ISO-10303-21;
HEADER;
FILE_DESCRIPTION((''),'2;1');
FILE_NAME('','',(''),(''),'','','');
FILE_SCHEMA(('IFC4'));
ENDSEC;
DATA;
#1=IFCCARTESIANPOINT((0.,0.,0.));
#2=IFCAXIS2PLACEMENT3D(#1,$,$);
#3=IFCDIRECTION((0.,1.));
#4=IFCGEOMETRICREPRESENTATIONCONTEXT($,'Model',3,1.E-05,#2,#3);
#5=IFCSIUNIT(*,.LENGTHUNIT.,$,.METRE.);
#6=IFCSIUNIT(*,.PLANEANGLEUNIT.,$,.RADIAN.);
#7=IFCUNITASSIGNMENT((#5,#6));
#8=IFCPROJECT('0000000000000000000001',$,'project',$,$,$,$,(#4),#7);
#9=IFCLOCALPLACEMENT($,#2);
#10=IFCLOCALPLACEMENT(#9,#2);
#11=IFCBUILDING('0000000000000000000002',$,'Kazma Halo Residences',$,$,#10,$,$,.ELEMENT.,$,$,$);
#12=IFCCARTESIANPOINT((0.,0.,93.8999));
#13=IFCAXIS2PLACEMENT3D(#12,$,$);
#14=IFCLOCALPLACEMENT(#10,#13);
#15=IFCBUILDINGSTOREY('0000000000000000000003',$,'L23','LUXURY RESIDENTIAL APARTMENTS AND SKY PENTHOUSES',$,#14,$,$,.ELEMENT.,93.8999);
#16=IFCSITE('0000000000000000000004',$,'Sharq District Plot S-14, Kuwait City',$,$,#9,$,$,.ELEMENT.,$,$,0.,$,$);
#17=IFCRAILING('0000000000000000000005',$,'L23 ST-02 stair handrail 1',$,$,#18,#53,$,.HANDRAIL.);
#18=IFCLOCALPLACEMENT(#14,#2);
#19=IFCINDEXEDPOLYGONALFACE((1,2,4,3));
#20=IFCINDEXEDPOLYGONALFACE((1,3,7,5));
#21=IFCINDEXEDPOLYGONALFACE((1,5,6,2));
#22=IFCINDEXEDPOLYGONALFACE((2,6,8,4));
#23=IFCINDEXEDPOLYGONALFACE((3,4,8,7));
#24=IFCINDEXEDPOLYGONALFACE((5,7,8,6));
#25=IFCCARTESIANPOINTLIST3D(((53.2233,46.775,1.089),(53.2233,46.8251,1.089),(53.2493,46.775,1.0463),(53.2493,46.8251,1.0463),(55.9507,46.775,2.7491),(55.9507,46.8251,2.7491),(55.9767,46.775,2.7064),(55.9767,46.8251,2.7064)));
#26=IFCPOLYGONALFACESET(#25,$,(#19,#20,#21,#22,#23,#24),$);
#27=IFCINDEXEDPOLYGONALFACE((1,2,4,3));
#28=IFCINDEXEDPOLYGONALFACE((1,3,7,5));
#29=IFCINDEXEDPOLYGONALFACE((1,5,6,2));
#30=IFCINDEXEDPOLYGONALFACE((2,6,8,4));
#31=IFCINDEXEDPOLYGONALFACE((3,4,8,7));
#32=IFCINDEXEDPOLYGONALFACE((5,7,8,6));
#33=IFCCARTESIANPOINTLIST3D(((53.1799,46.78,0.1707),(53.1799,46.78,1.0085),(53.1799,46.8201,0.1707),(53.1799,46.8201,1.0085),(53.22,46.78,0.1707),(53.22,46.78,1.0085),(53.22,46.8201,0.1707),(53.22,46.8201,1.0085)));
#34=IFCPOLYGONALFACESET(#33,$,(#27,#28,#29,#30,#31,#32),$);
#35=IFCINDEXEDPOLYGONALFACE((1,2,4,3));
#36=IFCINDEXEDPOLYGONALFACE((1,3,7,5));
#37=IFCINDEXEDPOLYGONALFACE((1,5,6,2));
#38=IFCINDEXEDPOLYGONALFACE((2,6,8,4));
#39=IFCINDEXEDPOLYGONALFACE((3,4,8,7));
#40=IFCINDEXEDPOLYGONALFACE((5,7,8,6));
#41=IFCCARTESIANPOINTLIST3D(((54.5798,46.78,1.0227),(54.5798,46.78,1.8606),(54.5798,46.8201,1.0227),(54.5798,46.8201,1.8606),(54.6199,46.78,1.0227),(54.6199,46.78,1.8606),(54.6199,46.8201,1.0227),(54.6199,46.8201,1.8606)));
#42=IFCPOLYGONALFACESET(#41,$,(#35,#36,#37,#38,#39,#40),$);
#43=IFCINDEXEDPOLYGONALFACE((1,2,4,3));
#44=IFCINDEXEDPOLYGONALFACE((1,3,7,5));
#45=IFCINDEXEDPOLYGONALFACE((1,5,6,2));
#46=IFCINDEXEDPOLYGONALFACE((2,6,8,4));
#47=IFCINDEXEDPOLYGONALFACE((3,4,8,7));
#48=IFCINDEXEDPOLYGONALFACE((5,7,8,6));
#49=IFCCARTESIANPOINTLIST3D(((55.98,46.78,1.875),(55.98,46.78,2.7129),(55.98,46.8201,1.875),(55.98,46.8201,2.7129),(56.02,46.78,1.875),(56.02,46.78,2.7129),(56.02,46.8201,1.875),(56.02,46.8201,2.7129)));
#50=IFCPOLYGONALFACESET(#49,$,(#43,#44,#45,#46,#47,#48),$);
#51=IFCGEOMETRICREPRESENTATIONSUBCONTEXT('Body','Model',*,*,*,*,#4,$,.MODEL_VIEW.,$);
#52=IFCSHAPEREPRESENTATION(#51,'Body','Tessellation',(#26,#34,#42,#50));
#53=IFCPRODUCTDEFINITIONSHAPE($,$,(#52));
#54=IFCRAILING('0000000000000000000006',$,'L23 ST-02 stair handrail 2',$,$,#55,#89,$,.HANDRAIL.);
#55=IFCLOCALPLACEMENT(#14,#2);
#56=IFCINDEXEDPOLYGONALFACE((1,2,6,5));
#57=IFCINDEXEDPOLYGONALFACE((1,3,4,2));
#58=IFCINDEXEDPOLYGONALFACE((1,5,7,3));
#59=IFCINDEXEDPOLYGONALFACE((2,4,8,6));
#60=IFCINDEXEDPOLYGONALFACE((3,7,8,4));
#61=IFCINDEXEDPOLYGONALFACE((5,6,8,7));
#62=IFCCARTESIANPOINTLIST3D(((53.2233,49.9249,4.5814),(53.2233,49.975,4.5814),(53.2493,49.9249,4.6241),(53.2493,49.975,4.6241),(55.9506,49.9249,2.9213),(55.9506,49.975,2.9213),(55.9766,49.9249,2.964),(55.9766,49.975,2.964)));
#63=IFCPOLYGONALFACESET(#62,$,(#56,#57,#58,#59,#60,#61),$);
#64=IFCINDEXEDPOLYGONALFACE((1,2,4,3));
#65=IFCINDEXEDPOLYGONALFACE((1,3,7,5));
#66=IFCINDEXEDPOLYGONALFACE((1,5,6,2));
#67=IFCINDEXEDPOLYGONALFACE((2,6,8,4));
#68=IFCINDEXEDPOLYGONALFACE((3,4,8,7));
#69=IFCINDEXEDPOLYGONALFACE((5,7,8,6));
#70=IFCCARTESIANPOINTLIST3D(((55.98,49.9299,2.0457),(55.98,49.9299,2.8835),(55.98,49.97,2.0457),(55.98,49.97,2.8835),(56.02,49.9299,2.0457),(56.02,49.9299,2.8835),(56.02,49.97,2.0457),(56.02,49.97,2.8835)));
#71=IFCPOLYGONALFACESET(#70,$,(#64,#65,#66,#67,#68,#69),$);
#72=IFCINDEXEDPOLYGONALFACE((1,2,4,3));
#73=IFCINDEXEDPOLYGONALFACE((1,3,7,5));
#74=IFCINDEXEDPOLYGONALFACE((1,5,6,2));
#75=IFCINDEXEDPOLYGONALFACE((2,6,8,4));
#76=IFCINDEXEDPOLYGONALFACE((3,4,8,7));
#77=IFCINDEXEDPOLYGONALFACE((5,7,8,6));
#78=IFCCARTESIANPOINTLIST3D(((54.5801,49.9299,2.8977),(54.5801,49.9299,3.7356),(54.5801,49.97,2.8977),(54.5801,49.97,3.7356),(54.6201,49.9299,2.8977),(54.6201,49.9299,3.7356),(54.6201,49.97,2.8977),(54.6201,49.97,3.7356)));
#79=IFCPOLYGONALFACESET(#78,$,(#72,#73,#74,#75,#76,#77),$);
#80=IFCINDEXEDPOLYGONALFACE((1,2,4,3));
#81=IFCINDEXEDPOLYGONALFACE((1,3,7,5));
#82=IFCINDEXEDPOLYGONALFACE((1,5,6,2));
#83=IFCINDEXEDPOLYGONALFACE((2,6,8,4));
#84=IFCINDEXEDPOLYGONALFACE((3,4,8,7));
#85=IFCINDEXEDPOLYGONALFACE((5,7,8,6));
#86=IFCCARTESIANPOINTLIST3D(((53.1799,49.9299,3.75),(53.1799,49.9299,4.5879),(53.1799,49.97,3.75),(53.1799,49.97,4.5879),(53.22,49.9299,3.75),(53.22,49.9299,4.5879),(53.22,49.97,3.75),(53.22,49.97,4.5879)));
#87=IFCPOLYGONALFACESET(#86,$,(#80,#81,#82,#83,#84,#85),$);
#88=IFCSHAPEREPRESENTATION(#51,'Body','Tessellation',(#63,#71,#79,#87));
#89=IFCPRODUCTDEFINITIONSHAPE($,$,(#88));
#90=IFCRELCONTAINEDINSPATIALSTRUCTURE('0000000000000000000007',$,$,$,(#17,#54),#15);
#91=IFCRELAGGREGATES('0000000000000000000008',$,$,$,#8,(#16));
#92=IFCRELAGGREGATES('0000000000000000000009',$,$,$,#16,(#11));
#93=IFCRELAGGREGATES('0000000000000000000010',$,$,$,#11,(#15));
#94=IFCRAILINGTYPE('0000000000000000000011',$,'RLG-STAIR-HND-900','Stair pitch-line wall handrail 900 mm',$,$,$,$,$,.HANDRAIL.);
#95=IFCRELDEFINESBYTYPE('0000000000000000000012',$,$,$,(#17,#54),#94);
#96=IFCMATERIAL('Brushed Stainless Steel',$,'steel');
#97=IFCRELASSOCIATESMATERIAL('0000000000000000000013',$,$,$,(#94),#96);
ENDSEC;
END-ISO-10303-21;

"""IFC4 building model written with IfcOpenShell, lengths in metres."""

from ifc_helpers import new_model, si_unit, direction, frame, origin, origin_2d, place, context, subcontext, project, spatial, rectangle, extrude, material, type_object, element, save


model = new_model("IFC4")

# Units and contexts
model_context = context("Model", 3, precision=1e-05, world=origin(), true_north=direction((0.0, 1.0)))
body_context = subcontext(model_context, "Body", "Model", "MODEL_VIEW")
ifc_project = project(units=[si_unit("LENGTHUNIT", "METRE"), si_unit("PLANEANGLEUNIT", "RADIAN")], contexts=[model_context])

# Site, building, storey
site_placement = place(None, origin())
site = spatial("IfcSite", under=ifc_project, at=site_placement, Name="Sharq District Plot S-14, Kuwait City", CompositionType="ELEMENT", RefElevation=0.0)
building_placement = place(site_placement, origin())
building = spatial("IfcBuilding", under=site, at=building_placement, Name="Kazma Halo Residences", CompositionType="ELEMENT")
storey_placement = place(building_placement, frame((0.0, 0.0, 93.8999)))
storey = spatial("IfcBuildingStorey", under=building, at=storey_placement, Name="L23", Description="LUXURY RESIDENTIAL APARTMENTS AND SKY PENTHOUSES", CompositionType="ELEMENT", Elevation=93.8999)

# Railings
ifc_material_1 = material(Name="Brushed Stainless Steel", Category="steel")
railing_type_1 = type_object("IfcRailingType", Name="RLG-STAIR-HND-900", Description="Stair pitch-line wall handrail 900 mm", PredefinedType="HANDRAIL", material=ifc_material_1)
railing_1_placement = place(storey_placement, frame((53.2, 46.8, 0.1707)))
element("IfcRailing", 1, at=railing_1_placement, inside=storey, type_object=railing_type_1, Name="L23 ST-02 stair handrail 1", PredefinedType="HANDRAIL", context=body_context, shape_type="SweptSolid", body=[
    extrude(rectangle(XDim=0.05, YDim=0.05, at=origin_2d()), frame((0.0364, 0.0, 0.897), z_axis=(0.854203, 0.0, 0.51994), x_axis=(0.0, 1.0, 0.0)), (0.0, 0.0, 1.0), 3.1929),
    extrude(rectangle(XDim=0.04, YDim=0.04, at=origin_2d()), origin(), (0.0, 0.0, 1.0), 0.8379),
    extrude(rectangle(XDim=0.04, YDim=0.04, at=origin_2d()), frame((1.3999, 0.0, 0.8521)), (0.0, 0.0, 1.0), 0.8379),
    extrude(rectangle(XDim=0.04, YDim=0.04, at=origin_2d()), frame((2.8, 0.0, 1.7043)), (0.0, 0.0, 1.0), 0.8379),
])
railing_2_placement = place(storey_placement, frame((56.0, 49.95, 2.0457)))
element("IfcRailing", 2, at=railing_2_placement, inside=storey, type_object=railing_type_1, Name="L23 ST-02 stair handrail 2", PredefinedType="HANDRAIL", context=body_context, shape_type="SweptSolid", body=[
    extrude(rectangle(XDim=0.05, YDim=0.05, at=origin_2d()), frame((-0.0364, 0.0, 0.897), z_axis=(-0.854203, 0.0, 0.51994), x_axis=(0.0, -1.0, 0.0)), (0.0, 0.0, 1.0), 3.1929),
    extrude(rectangle(XDim=0.04, YDim=0.04, at=origin_2d()), origin(), (0.0, 0.0, 1.0), 0.8379),
    extrude(rectangle(XDim=0.04, YDim=0.04, at=origin_2d()), frame((-1.3999, 0.0, 0.8521)), (0.0, 0.0, 1.0), 0.8379),
    extrude(rectangle(XDim=0.04, YDim=0.04, at=origin_2d()), frame((-2.8, 0.0, 1.7043)), (0.0, 0.0, 1.0), 0.8379),
])

save(model, "model.ifc")
